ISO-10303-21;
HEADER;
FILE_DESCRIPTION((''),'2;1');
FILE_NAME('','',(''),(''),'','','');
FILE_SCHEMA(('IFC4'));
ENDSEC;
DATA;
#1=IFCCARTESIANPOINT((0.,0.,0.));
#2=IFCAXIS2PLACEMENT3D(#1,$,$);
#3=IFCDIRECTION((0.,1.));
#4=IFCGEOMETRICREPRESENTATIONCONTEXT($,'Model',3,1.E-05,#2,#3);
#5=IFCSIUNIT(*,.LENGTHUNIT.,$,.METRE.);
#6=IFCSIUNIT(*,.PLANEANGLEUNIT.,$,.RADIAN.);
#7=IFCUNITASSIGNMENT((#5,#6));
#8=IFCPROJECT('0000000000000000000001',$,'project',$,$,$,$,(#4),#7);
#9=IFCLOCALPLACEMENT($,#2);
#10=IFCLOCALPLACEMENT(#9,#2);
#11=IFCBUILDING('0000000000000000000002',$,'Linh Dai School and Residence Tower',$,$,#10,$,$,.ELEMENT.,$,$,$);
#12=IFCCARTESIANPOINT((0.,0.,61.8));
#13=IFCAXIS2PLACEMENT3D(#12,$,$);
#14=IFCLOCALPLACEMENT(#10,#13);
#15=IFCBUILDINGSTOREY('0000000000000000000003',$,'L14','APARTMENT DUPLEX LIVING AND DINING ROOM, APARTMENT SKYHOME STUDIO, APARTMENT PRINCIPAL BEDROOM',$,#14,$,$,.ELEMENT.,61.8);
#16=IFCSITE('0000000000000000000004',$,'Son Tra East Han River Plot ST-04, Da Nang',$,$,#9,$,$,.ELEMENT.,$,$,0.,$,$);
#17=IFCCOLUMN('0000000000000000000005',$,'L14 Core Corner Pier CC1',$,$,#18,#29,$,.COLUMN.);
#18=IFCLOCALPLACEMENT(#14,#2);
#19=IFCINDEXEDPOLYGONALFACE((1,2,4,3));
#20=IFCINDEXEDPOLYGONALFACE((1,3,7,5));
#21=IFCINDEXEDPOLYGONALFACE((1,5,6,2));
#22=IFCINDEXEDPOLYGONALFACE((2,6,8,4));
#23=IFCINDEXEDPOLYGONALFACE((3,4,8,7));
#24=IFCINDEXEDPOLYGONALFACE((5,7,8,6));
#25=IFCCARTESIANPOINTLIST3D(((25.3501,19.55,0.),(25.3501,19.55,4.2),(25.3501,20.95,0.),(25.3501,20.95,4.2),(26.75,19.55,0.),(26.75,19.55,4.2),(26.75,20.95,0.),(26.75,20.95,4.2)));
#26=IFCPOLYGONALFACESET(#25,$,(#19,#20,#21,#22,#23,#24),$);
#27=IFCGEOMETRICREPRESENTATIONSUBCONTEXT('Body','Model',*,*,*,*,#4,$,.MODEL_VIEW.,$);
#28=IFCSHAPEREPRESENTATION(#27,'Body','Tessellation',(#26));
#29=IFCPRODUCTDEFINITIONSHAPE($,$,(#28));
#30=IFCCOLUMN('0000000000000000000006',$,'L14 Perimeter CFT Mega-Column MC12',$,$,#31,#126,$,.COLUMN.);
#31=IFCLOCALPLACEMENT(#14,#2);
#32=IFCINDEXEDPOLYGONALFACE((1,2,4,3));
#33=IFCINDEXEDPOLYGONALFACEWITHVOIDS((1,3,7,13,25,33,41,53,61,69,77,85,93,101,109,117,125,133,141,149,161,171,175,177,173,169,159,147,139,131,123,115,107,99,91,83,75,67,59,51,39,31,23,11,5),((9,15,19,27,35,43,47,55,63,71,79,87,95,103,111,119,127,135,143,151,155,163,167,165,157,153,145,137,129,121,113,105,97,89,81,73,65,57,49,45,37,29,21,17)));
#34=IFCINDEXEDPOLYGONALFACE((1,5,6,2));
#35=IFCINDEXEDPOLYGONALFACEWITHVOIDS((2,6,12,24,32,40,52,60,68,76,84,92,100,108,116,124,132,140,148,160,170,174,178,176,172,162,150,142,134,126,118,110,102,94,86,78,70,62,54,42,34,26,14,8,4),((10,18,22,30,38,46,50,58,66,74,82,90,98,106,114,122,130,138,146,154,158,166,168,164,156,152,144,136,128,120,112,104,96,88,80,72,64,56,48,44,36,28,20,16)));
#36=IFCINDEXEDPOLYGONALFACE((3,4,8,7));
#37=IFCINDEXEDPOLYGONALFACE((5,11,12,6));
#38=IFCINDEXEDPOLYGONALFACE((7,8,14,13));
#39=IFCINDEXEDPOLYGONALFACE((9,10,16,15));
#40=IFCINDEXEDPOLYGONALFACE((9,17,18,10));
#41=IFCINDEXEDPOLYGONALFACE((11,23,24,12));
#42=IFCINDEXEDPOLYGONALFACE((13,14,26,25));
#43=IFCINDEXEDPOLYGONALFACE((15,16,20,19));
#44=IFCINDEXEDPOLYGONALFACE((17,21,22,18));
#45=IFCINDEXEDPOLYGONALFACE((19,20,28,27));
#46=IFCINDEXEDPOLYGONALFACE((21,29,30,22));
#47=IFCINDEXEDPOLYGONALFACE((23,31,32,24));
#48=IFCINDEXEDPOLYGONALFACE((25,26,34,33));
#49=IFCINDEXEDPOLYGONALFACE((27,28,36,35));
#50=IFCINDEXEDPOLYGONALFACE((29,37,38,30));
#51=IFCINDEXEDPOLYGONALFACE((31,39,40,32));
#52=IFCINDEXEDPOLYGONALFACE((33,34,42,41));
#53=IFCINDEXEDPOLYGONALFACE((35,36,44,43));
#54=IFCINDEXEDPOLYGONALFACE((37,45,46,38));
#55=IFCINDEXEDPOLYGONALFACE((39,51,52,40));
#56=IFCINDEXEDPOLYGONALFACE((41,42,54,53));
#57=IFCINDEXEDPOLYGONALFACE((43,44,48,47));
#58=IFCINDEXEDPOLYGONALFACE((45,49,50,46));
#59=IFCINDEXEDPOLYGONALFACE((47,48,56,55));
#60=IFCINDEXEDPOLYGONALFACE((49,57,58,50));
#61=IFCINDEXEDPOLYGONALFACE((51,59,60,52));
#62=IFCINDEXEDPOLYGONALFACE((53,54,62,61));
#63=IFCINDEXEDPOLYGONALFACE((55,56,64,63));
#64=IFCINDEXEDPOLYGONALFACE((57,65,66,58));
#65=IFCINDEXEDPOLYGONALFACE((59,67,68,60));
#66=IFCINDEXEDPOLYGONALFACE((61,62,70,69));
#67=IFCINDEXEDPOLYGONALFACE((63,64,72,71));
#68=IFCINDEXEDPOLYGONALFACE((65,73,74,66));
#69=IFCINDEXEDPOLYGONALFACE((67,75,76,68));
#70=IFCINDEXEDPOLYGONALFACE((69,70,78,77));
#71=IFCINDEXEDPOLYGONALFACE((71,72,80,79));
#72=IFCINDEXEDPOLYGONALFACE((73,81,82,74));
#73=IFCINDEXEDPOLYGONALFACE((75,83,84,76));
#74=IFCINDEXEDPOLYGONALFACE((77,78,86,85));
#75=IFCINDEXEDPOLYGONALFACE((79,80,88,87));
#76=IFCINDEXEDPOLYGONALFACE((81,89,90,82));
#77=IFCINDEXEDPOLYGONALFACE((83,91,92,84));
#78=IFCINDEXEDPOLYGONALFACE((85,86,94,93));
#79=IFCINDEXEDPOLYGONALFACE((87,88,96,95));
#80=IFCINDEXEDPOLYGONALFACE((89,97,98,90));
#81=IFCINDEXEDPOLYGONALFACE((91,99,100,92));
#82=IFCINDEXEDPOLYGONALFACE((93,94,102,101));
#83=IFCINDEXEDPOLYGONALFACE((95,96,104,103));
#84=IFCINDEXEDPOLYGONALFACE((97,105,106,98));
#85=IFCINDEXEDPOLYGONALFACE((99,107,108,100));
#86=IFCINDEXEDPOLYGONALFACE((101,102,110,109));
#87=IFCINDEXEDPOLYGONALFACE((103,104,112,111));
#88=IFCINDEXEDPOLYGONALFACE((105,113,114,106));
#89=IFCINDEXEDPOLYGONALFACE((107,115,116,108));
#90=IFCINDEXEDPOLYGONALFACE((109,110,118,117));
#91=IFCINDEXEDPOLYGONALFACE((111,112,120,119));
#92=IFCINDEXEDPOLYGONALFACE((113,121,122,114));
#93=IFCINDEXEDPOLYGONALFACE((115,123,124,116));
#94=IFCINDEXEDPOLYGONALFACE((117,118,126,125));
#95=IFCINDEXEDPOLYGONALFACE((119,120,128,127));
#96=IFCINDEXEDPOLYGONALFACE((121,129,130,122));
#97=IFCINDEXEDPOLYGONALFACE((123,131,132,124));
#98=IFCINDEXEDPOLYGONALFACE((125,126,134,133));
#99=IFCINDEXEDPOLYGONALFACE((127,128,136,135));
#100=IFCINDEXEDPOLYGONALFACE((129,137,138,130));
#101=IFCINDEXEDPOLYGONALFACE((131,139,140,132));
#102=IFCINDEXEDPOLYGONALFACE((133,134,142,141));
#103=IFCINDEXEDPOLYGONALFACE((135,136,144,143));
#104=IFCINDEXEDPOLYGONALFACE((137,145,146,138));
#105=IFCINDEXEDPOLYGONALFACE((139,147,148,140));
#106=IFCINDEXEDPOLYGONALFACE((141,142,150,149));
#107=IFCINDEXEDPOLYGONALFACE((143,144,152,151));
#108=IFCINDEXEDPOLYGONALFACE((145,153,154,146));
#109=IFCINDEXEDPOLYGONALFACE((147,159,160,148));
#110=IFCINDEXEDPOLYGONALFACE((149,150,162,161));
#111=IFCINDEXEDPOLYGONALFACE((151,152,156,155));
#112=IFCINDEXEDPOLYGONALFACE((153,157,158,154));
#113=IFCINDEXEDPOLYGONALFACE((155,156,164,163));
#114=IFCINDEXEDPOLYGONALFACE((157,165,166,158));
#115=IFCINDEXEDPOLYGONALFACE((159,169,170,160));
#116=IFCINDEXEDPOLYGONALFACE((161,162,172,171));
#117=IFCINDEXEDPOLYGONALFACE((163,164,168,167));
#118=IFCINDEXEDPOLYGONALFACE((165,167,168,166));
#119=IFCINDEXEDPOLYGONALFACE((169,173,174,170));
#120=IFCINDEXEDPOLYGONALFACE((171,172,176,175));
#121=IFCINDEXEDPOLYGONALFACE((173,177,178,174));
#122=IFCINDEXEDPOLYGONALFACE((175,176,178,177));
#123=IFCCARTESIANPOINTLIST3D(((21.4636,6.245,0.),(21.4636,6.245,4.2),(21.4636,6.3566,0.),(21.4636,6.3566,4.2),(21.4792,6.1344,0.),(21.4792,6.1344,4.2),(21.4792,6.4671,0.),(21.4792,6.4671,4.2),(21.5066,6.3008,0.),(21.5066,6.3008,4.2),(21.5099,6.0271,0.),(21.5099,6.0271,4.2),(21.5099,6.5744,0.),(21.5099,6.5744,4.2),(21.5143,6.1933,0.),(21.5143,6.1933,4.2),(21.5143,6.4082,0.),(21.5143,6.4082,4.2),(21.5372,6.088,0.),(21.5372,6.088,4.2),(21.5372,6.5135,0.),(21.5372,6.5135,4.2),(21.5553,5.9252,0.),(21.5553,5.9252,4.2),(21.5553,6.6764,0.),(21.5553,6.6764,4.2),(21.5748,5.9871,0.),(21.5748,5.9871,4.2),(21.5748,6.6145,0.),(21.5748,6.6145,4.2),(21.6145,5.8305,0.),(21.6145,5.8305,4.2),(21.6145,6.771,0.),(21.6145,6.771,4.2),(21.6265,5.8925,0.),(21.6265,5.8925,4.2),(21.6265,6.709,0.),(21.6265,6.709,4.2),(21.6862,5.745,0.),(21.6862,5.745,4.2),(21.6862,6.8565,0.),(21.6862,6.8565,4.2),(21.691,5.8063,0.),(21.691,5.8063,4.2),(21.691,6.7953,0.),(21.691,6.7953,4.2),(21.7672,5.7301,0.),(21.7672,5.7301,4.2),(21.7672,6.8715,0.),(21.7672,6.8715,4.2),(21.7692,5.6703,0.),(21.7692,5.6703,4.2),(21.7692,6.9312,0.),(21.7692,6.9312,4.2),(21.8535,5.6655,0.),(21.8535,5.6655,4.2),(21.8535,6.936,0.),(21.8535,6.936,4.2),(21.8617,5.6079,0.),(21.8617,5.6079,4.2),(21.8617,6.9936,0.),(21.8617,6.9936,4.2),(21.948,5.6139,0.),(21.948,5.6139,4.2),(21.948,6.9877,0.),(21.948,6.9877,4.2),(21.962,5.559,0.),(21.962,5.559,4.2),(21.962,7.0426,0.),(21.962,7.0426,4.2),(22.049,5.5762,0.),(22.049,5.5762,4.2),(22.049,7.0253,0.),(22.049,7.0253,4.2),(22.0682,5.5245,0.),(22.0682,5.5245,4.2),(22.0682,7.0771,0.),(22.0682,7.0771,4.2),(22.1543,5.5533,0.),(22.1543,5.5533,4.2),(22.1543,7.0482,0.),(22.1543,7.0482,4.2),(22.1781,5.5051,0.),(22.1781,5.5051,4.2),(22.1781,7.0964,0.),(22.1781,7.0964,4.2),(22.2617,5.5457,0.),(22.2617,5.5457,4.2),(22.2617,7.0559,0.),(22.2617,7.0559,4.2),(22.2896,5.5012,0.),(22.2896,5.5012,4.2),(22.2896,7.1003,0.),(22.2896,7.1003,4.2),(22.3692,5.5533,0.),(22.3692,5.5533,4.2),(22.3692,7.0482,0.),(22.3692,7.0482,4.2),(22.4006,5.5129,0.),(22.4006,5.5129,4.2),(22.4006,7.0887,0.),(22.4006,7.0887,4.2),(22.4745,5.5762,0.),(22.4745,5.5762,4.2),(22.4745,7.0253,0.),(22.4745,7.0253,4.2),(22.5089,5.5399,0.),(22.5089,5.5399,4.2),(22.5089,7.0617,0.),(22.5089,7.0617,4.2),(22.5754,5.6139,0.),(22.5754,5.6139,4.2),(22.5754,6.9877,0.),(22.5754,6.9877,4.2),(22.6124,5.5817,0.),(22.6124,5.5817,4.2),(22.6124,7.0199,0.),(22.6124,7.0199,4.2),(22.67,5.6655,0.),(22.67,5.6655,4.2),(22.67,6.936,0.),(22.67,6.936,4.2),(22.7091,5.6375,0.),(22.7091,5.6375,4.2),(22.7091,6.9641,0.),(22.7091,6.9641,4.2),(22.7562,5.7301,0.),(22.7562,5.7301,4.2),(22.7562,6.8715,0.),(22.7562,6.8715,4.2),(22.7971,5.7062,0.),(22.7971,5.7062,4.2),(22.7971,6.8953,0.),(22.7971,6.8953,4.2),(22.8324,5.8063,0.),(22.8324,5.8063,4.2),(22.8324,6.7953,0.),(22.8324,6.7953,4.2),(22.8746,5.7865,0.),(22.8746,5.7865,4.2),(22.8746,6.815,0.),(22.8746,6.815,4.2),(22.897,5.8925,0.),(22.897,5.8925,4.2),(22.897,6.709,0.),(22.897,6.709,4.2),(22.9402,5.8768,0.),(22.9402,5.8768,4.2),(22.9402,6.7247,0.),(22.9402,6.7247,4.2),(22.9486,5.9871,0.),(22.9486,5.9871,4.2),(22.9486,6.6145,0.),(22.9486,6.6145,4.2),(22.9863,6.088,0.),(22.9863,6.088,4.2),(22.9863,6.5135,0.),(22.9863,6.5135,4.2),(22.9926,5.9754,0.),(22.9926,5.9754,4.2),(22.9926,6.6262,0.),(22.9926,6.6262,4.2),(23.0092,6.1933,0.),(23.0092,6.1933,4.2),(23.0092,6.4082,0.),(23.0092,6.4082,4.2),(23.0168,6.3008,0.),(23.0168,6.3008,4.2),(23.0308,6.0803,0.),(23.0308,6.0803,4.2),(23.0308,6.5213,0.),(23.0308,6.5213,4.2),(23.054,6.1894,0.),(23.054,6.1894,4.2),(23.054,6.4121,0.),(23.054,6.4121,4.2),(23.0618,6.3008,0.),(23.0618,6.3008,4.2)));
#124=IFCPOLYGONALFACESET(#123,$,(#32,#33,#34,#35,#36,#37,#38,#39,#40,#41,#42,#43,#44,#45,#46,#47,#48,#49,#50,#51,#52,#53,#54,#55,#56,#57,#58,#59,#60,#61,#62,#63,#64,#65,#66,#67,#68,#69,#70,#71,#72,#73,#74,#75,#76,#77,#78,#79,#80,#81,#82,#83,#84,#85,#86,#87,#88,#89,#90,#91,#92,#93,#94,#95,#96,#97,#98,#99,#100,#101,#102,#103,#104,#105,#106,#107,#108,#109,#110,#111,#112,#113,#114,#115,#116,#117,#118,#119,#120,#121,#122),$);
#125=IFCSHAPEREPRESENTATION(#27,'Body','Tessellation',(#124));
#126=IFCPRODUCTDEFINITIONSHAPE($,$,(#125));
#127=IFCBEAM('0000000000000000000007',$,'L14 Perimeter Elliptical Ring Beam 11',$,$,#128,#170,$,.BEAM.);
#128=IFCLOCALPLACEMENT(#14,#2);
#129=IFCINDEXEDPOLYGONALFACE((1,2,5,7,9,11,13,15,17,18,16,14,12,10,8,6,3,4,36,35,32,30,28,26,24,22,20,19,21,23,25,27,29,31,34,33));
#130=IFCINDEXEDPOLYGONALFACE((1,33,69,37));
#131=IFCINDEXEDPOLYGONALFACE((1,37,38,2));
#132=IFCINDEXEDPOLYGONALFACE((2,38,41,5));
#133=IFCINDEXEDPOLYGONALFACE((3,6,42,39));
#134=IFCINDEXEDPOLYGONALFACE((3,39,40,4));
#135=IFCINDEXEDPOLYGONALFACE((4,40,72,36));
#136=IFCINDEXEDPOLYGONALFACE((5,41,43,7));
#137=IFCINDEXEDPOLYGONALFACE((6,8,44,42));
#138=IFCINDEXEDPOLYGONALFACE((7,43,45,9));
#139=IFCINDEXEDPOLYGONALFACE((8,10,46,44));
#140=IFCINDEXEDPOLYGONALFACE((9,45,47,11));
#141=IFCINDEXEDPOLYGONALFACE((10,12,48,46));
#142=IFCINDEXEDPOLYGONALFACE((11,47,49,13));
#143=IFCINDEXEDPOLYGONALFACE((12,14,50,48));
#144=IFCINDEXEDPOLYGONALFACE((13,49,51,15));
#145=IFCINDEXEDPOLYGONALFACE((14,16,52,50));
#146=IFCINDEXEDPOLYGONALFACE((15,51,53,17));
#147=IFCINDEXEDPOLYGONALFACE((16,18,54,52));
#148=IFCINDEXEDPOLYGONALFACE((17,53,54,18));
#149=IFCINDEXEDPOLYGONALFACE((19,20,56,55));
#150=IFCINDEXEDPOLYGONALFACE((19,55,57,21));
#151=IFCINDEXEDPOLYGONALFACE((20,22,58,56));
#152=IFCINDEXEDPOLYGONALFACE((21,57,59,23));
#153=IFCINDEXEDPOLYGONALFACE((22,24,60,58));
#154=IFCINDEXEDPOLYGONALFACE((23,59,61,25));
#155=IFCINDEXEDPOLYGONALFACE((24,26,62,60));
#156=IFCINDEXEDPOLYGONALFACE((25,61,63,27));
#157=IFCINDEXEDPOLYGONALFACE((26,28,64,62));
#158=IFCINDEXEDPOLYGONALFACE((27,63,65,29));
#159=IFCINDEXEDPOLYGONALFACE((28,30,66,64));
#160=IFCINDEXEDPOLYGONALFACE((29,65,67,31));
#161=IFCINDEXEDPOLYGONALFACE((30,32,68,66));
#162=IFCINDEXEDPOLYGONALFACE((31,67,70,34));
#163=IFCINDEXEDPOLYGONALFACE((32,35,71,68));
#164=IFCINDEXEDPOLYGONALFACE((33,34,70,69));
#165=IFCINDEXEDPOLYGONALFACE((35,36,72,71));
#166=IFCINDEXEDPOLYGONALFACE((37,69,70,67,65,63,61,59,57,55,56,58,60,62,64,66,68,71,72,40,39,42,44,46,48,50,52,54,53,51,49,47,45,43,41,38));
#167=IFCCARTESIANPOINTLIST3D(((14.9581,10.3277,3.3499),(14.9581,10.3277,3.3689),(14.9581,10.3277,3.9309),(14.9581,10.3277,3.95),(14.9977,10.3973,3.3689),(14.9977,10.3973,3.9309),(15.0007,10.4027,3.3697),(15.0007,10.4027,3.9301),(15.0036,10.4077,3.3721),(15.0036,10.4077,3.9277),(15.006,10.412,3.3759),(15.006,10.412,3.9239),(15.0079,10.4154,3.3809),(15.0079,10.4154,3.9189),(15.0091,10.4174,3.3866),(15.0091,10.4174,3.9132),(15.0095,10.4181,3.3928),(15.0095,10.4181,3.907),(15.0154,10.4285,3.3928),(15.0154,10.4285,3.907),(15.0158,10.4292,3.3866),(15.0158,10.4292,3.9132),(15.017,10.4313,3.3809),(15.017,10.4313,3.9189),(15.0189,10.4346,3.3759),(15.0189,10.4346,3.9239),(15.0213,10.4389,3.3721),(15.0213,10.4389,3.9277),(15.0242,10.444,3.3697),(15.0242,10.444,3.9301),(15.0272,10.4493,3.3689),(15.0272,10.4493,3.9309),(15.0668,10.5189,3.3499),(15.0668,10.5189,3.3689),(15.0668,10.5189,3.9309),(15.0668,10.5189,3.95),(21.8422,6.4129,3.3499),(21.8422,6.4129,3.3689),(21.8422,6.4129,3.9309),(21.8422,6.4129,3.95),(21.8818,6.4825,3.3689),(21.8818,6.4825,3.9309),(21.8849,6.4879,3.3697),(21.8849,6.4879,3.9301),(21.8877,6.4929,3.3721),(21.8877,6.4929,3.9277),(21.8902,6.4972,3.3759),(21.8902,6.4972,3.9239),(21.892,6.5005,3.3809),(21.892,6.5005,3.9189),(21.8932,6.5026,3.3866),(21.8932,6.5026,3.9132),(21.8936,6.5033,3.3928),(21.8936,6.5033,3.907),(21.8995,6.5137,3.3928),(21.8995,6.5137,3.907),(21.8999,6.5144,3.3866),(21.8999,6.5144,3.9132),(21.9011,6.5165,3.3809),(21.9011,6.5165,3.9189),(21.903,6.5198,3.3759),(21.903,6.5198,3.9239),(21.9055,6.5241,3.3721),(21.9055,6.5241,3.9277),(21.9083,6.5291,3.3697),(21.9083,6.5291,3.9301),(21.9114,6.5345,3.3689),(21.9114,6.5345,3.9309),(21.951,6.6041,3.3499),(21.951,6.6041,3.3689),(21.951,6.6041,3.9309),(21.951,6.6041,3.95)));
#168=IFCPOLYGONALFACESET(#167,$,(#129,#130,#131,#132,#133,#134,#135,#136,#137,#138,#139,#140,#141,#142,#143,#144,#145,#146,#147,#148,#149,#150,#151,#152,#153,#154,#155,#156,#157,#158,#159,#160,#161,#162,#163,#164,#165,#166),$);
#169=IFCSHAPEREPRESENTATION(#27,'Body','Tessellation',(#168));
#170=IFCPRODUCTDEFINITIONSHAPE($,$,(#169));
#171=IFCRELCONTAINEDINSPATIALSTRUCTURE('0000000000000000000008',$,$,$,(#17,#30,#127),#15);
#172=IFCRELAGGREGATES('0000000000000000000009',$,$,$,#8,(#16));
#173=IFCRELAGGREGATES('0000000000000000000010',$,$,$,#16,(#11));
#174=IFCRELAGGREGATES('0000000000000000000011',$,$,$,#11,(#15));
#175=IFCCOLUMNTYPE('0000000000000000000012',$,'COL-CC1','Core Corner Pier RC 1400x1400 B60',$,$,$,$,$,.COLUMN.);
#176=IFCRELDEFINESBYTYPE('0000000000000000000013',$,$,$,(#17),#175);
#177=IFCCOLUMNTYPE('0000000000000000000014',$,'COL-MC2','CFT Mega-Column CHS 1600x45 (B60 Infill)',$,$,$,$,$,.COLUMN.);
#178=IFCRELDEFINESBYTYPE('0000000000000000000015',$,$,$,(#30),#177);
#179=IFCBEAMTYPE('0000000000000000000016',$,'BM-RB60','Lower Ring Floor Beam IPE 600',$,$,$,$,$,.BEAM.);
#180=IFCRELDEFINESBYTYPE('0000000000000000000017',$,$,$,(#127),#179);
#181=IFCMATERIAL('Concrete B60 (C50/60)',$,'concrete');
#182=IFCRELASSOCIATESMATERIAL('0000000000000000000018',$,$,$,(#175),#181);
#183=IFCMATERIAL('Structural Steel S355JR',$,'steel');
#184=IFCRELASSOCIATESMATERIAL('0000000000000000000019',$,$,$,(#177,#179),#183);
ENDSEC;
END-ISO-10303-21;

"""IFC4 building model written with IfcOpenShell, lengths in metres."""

from ifc_helpers import new_model, si_unit, direction, frame, origin, origin_2d, place, context, subcontext, project, spatial, rectangle, hollow_circle, i_section, extrude, material, material_profile, profile_set, type_object, element, save


model = new_model("IFC4")

# Units and contexts
model_context = context("Model", 3, precision=1e-05, world=origin(), true_north=direction((0.0, 1.0)))
body_context = subcontext(model_context, "Body", "Model", "MODEL_VIEW")
ifc_project = project(units=[si_unit("LENGTHUNIT", "METRE"), si_unit("PLANEANGLEUNIT", "RADIAN")], contexts=[model_context])

# Site, building, storey
site_placement = place(None, origin())
site = spatial("IfcSite", under=ifc_project, at=site_placement, Name="Son Tra East Han River Plot ST-04, Da Nang", CompositionType="ELEMENT", RefElevation=0.0)
building_placement = place(site_placement, origin())
building = spatial("IfcBuilding", under=site, at=building_placement, Name="Linh Dai School and Residence Tower", CompositionType="ELEMENT")
storey_placement = place(building_placement, frame((0.0, 0.0, 61.8)))
storey = spatial("IfcBuildingStorey", under=building, at=storey_placement, Name="L14", Description="APARTMENT DUPLEX LIVING AND DINING ROOM, APARTMENT SKYHOME STUDIO, APARTMENT PRINCIPAL BEDROOM", CompositionType="ELEMENT", Elevation=61.8)

# Columns
ifc_material_1 = material(Name="Concrete B60 (C50/60)", Category="concrete")
ifc_material_profile_1 = material_profile(ifc_material_1, rectangle(XDim=1.3999, YDim=1.3999, at=origin_2d()), Name="RC 1400x1400")
ifc_profile_set_1 = profile_set([ifc_material_profile_1], Name="Concrete B60 (C50/60)")
column_type_1 = type_object("IfcColumnType", Name="COL-CC1", Description="Core Corner Pier RC 1400x1400 B60", PredefinedType="COLUMN", material=ifc_profile_set_1)
column_1_placement = place(storey_placement, frame((26.05, 20.25, 0.0), z_axis=(0.0, 0.0, 1.0), x_axis=(1.0, 0.0, 0.0)))
element("IfcColumn", 1, at=column_1_placement, inside=storey, type_object=column_type_1, Name="L14 Core Corner Pier CC1", PredefinedType="COLUMN", context=body_context, shape_type="SweptSolid", body=[
    extrude(rectangle(XDim=1.3999, YDim=1.3999, at=origin_2d()), origin(), (0.0, 0.0, 1.0), 4.2),
])
ifc_material_2 = material(Name="Structural Steel S355JR", Category="steel")
ifc_material_profile_2 = material_profile(ifc_material_2, hollow_circle(Radius=0.8, WallThickness=0.0449, at=origin_2d()), Name="CHS 1600x45")
ifc_profile_set_2 = profile_set([ifc_material_profile_2], Name="Structural Steel S355JR")
column_type_2 = type_object("IfcColumnType", Name="COL-MC2", Description="CFT Mega-Column CHS 1600x45 (B60 Infill)", PredefinedType="COLUMN", material=ifc_profile_set_2)
column_2_placement = place(storey_placement, frame((22.2617, 6.3008, 0.0), z_axis=(0.0, 0.0, 1.0), x_axis=(1.0, 0.0, 0.0)))
element("IfcColumn", 2, at=column_2_placement, inside=storey, type_object=column_type_2, Name="L14 Perimeter CFT Mega-Column MC12", PredefinedType="COLUMN", context=body_context, shape_type="SweptSolid", body=[
    extrude(hollow_circle(Radius=0.8, WallThickness=0.0449, at=origin_2d()), origin(), (0.0, 0.0, 1.0), 4.2),
])

# Beam
ifc_material_profile_3 = material_profile(ifc_material_2, i_section(OverallWidth=0.22, OverallDepth=0.6001, WebThickness=0.012, FlangeThickness=0.019, FilletRadius=0.0239, at=origin_2d()), Name="IPE 600")
ifc_profile_set_3 = profile_set([ifc_material_profile_3], Name="Structural Steel S355JR")
beam_type_1 = type_object("IfcBeamType", Name="BM-RB60", Description="Lower Ring Floor Beam IPE 600", PredefinedType="BEAM", material=ifc_profile_set_3)
beam_1_placement = place(storey_placement, frame((15.0125, 10.4233, 3.6499), z_axis=(0.869271, -0.494335, 0.0), x_axis=(0.494335, 0.869271, 0.0)))
element("IfcBeam", 3, at=beam_1_placement, inside=storey, type_object=beam_type_1, Name="L14 Perimeter Elliptical Ring Beam 11", PredefinedType="BEAM", context=body_context, shape_type="SweptSolid", body=[
    extrude(i_section(OverallWidth=0.22, OverallDepth=0.6001, WebThickness=0.012, FlangeThickness=0.019, FilletRadius=0.0239, at=origin_2d()), origin(), (0.0, 0.0, 1.0), 7.9194),
])

save(model, "model.ifc")
